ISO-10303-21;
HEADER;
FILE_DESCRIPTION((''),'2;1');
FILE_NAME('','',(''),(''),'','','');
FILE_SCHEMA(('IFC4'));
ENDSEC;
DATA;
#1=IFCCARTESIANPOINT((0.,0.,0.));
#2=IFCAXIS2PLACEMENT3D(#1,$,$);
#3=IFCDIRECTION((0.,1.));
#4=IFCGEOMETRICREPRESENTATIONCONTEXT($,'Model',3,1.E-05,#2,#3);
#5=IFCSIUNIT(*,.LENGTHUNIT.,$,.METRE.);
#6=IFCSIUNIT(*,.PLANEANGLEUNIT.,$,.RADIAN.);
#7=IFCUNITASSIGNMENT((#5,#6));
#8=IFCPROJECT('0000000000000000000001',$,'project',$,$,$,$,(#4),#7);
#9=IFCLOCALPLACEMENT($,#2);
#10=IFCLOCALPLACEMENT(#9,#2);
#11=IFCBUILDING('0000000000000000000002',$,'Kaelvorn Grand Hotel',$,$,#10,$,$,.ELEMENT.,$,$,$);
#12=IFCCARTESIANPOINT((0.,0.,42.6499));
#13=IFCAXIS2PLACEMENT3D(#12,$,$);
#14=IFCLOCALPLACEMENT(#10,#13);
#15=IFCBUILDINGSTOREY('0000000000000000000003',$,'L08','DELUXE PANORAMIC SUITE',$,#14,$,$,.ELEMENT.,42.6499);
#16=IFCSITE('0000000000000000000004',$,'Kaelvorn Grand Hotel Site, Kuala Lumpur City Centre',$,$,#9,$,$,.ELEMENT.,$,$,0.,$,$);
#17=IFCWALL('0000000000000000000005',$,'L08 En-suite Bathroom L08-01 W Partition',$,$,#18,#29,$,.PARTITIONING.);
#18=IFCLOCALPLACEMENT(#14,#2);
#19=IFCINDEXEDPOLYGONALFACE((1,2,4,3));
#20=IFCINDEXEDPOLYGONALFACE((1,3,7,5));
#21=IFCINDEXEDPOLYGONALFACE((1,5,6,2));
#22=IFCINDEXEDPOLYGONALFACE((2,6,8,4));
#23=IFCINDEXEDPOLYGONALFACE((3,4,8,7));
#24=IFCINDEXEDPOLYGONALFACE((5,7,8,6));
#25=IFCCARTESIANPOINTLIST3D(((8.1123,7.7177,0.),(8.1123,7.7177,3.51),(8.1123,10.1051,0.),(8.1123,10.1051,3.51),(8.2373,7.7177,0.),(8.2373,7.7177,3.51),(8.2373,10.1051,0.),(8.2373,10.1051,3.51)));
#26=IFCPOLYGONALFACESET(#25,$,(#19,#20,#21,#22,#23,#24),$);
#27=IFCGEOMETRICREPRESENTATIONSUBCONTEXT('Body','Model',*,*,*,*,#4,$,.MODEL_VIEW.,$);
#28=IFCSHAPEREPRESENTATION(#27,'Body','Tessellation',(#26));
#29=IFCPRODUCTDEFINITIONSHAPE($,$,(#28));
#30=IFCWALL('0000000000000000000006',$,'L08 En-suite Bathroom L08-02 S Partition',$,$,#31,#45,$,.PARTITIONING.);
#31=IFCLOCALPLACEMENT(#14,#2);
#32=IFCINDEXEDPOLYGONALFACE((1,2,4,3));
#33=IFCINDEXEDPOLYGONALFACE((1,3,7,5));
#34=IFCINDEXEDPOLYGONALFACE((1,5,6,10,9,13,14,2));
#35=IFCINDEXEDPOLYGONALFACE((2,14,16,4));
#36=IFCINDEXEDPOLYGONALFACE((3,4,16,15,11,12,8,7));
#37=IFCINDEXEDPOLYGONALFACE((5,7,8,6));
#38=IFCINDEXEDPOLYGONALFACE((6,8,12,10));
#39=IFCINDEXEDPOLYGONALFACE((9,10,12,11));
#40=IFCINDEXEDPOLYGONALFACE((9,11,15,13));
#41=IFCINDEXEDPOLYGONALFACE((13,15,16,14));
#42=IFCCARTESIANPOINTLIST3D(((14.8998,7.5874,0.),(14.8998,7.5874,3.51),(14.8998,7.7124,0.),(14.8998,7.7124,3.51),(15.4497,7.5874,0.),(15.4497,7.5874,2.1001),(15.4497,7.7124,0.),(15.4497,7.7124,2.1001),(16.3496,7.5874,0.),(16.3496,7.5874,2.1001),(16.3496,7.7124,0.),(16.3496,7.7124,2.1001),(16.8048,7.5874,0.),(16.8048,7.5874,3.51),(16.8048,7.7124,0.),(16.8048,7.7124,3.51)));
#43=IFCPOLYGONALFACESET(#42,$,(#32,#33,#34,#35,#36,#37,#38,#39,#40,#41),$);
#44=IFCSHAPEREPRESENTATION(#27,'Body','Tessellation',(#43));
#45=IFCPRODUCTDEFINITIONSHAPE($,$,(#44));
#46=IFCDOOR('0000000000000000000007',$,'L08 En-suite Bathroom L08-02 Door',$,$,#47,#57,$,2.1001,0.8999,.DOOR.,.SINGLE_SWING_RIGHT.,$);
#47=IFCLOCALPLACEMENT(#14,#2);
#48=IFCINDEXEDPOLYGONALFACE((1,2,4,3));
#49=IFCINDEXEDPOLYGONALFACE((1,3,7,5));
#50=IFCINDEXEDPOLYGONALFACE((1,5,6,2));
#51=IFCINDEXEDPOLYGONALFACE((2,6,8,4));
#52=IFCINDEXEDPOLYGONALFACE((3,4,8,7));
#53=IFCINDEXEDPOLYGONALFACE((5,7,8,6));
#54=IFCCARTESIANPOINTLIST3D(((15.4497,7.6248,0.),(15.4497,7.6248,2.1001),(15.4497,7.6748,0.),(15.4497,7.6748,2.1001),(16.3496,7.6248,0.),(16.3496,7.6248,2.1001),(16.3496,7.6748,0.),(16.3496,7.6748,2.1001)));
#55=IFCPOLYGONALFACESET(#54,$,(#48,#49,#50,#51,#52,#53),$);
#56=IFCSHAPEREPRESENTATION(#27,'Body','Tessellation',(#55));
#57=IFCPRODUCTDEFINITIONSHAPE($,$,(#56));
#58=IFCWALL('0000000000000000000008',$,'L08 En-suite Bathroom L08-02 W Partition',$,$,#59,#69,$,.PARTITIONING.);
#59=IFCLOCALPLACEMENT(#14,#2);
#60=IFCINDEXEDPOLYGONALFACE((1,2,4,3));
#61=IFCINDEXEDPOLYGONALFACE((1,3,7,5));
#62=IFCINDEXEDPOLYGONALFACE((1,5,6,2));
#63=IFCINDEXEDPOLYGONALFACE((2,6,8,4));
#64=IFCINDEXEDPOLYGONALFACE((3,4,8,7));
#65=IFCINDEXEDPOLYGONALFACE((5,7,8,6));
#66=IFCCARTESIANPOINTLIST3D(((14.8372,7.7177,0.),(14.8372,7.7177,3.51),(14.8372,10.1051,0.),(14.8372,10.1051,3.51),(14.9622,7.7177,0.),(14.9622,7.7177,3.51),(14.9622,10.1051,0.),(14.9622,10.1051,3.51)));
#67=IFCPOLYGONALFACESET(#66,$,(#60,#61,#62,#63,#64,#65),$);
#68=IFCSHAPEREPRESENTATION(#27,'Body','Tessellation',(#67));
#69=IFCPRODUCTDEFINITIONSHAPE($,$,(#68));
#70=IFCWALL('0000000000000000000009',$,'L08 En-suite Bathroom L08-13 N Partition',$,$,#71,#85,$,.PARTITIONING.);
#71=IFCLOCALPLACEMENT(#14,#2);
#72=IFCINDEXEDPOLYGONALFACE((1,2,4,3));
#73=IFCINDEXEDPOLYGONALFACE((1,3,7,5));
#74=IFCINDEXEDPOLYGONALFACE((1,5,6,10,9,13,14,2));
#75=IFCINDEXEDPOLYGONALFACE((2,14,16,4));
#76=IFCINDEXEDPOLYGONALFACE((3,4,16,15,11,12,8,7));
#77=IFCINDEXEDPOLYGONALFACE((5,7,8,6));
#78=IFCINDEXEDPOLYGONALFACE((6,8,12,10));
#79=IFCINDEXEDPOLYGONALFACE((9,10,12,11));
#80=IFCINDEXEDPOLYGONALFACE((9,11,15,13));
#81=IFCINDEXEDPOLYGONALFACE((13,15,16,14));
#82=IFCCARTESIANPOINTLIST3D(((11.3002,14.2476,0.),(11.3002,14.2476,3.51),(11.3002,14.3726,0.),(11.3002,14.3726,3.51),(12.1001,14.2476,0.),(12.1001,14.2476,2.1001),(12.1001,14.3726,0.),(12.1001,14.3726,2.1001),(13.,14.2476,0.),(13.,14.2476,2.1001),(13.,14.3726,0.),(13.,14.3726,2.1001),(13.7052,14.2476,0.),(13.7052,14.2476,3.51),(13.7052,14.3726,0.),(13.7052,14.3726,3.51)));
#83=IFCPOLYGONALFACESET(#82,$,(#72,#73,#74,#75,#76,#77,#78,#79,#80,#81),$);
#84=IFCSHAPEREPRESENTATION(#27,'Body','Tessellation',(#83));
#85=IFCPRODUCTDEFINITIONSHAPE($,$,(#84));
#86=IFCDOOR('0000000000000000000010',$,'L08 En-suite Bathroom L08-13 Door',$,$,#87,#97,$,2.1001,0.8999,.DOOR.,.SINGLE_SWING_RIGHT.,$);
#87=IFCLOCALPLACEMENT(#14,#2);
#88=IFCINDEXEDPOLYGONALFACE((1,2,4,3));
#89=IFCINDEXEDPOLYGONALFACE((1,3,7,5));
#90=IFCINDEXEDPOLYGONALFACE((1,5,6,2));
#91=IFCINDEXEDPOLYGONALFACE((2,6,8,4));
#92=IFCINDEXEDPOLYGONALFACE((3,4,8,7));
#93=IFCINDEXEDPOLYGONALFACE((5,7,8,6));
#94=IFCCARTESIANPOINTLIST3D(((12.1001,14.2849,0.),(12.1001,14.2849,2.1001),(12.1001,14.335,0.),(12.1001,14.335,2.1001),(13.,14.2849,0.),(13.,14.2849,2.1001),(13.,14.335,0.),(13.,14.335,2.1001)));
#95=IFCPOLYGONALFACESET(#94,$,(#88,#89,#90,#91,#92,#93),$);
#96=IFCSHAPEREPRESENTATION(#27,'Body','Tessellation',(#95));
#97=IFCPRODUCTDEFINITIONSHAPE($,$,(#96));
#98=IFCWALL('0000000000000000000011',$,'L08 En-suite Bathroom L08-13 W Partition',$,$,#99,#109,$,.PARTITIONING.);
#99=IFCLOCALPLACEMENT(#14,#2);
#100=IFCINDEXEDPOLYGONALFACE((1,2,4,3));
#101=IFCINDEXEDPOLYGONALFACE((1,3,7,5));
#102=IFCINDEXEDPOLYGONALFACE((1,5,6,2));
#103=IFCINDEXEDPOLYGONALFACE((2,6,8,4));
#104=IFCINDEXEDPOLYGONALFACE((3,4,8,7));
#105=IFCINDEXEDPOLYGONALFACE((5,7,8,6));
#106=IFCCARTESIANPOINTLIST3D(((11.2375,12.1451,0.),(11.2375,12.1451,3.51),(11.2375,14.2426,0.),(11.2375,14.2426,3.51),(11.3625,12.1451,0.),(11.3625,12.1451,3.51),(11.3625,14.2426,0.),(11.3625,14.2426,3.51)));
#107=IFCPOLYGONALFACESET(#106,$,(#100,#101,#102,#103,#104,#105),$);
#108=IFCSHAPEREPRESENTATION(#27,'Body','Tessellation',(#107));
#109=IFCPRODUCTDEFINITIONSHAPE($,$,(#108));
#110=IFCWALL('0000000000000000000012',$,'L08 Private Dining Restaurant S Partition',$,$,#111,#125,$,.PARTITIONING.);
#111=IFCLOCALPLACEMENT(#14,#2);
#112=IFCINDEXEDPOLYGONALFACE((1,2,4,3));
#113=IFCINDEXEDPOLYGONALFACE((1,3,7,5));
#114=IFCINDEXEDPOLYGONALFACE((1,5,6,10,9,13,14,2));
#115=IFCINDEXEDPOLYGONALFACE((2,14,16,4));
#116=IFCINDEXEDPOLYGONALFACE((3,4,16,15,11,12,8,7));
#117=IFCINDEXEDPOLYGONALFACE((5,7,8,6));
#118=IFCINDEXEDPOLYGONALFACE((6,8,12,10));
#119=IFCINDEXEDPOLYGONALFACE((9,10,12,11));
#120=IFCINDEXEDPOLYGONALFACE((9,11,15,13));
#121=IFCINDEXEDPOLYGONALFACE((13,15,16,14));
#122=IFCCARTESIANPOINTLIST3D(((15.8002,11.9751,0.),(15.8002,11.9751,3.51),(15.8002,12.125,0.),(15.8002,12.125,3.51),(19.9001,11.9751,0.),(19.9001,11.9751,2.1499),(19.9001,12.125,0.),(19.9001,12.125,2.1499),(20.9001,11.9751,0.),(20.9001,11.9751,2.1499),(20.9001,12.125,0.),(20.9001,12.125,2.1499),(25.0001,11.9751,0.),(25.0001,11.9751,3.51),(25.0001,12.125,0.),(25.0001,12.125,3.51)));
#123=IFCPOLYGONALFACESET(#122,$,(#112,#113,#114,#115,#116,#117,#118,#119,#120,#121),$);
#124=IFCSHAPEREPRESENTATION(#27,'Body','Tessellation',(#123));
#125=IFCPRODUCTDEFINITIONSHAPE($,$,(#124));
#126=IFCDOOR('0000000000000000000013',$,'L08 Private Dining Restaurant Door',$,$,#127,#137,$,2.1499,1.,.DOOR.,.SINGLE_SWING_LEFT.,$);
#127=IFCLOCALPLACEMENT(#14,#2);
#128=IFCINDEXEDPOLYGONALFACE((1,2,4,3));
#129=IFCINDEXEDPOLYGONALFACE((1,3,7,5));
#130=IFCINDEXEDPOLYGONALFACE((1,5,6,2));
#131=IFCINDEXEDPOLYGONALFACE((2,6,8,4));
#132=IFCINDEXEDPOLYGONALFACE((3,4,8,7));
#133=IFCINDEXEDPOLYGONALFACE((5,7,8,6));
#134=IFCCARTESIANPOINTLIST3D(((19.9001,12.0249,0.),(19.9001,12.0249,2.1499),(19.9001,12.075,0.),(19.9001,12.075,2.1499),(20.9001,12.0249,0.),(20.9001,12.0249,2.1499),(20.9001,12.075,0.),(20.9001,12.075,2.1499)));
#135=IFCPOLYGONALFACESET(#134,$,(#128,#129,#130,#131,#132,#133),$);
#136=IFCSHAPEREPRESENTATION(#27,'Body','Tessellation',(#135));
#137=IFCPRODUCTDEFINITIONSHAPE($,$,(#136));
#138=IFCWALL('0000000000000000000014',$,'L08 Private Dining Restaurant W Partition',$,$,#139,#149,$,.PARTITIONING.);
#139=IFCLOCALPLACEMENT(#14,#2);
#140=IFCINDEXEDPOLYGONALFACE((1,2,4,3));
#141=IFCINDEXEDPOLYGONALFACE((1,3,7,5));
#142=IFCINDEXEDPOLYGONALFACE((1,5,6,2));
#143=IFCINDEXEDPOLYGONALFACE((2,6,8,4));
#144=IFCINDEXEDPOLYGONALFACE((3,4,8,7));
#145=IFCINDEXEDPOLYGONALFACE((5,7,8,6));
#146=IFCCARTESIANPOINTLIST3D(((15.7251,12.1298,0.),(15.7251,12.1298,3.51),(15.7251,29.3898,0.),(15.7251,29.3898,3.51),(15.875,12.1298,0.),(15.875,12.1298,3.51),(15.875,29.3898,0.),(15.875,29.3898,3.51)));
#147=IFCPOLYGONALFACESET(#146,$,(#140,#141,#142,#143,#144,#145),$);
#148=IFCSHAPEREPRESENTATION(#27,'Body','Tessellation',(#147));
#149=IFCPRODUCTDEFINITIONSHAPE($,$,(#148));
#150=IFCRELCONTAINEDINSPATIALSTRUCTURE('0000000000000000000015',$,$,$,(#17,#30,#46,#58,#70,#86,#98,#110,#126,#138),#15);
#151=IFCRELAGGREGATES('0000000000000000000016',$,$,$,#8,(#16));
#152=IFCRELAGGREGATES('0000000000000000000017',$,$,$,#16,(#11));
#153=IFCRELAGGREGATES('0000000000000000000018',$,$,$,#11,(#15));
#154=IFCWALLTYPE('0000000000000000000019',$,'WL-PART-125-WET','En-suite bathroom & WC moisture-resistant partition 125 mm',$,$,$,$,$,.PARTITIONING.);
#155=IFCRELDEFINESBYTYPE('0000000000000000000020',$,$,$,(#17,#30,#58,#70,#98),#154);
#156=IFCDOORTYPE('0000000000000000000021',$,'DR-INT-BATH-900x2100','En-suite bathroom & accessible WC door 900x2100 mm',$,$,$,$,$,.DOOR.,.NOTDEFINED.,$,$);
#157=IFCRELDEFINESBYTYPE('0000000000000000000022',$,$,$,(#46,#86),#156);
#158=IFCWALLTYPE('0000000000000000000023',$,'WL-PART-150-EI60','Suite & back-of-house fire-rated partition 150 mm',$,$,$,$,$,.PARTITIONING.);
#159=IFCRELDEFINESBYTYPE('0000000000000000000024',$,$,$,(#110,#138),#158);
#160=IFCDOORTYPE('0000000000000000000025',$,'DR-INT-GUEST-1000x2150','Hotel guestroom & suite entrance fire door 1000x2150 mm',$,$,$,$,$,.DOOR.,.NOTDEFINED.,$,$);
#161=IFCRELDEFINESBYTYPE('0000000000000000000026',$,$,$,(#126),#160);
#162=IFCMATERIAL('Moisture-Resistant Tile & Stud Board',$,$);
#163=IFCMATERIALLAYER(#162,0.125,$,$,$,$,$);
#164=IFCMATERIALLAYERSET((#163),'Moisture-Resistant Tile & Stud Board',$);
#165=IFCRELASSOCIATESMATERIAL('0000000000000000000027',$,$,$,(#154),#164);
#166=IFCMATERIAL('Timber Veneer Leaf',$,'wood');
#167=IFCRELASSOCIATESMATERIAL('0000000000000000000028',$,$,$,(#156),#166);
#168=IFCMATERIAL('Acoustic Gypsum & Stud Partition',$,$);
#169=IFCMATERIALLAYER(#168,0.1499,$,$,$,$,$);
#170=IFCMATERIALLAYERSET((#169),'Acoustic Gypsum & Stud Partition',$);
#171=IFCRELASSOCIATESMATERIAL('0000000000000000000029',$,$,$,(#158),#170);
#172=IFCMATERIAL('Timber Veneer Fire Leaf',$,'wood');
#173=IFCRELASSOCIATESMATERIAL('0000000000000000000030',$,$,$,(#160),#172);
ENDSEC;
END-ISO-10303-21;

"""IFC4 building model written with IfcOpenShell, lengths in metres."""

from ifc_helpers import new_model, si_unit, direction, frame, frame_2d, origin, place, context, subcontext, project, spatial, rectangle, extrude, material, layer, layer_set, type_object, element, fill, save


model = new_model("IFC4")

# Units and contexts
model_context = context("Model", 3, precision=1e-05, world=origin(), true_north=direction((0.0, 1.0)))
body_context = subcontext(model_context, "Body", "Model", "MODEL_VIEW")
ifc_project = project(units=[si_unit("LENGTHUNIT", "METRE"), si_unit("PLANEANGLEUNIT", "RADIAN")], contexts=[model_context])

# Site, building, storey
site_placement = place(None, origin())
site = spatial("IfcSite", under=ifc_project, at=site_placement, Name="Kaelvorn Grand Hotel Site, Kuala Lumpur City Centre", CompositionType="ELEMENT", RefElevation=0.0)
building_placement = place(site_placement, origin())
building = spatial("IfcBuilding", under=site, at=building_placement, Name="Kaelvorn Grand Hotel", CompositionType="ELEMENT")
storey_placement = place(building_placement, frame((0.0, 0.0, 42.6499)))
storey = spatial("IfcBuildingStorey", under=building, at=storey_placement, Name="L08", Description="DELUXE PANORAMIC SUITE", CompositionType="ELEMENT", Elevation=42.6499)

# Wall
ifc_material_1 = material(Name="Moisture-Resistant Tile & Stud Board")
ifc_layer_1 = layer(ifc_material_1, 0.125)
ifc_layer_set_1 = layer_set([ifc_layer_1], Name="Moisture-Resistant Tile & Stud Board")
wall_type_1 = type_object("IfcWallType", Name="WL-PART-125-WET", Description="En-suite bathroom & WC moisture-resistant partition 125 mm", PredefinedType="PARTITIONING", material=ifc_layer_set_1)
wall_1_placement = place(storey_placement, frame((8.1748, 7.7175, 0.0), z_axis=(0.0, 0.0, 1.0), x_axis=(0.0, 1.0, 0.0)))
element("IfcWall", 1, at=wall_1_placement, inside=storey, type_object=wall_type_1, Name="L08 En-suite Bathroom L08-01 W Partition", PredefinedType="PARTITIONING", context=body_context, shape_type="SweptSolid", body=[
    extrude(rectangle(XDim=2.3875, YDim=0.125, at=frame_2d((1.1938, 0.0))), origin(), (0.0, 0.0, 1.0), 3.51),
])

# Wall, opening, door
wall_2_placement = place(storey_placement, frame((14.8997, 7.6499, 0.0), z_axis=(0.0, 0.0, 1.0), x_axis=(1.0, 0.0, 0.0)))
wall_2 = element("IfcWall", 2, at=wall_2_placement, inside=storey, type_object=wall_type_1, Name="L08 En-suite Bathroom L08-02 S Partition", PredefinedType="PARTITIONING", context=body_context, shape_type="SweptSolid", body=[
    extrude(rectangle(XDim=1.905, YDim=0.125, at=frame_2d((0.9526, 0.0))), origin(), (0.0, 0.0, 1.0), 3.51),
])
opening_1_placement = place(wall_2_placement, frame((0.55, 0.0, 0.0)))
opening_1 = element("IfcOpeningElement", 3, at=opening_1_placement, cuts=wall_2, PredefinedType="OPENING", context=body_context, shape_type="SweptSolid", body=[
    extrude(rectangle(XDim=0.8999, YDim=2.1001, at=frame_2d((0.45, 1.05))), frame((0.0, 0.0725, 0.0), z_axis=(0.0, -1.0, 0.0), x_axis=(1.0, 0.0, 0.0)), (0.0, 0.0, 1.0), 0.145),
])
ifc_material_2 = material(Name="Timber Veneer Leaf", Category="wood")
door_type_1 = type_object("IfcDoorType", Name="DR-INT-BATH-900x2100", Description="En-suite bathroom & accessible WC door 900x2100 mm", OperationType="NOTDEFINED", PredefinedType="DOOR", material=ifc_material_2)
door_1_placement = place(opening_1_placement, origin())
door_1 = element("IfcDoor", 4, at=door_1_placement, inside=storey, type_object=door_type_1, Name="L08 En-suite Bathroom L08-02 Door", OperationType="SINGLE_SWING_RIGHT", OverallHeight=2.1001, OverallWidth=0.8999, PredefinedType="DOOR", context=body_context, shape_type="SweptSolid", body=[
    extrude(rectangle(XDim=0.8999, YDim=2.1001, at=frame_2d((0.45, 1.05))), frame((0.0, 0.0249, 0.0), z_axis=(0.0, -1.0, 0.0), x_axis=(1.0, 0.0, 0.0)), (0.0, 0.0, 1.0), 0.05),
])
fill(opening_1, door_1)

# Wall
wall_3_placement = place(storey_placement, frame((14.8997, 7.7175, 0.0), z_axis=(0.0, 0.0, 1.0), x_axis=(0.0, 1.0, 0.0)))
element("IfcWall", 5, at=wall_3_placement, inside=storey, type_object=wall_type_1, Name="L08 En-suite Bathroom L08-02 W Partition", PredefinedType="PARTITIONING", context=body_context, shape_type="SweptSolid", body=[
    extrude(rectangle(XDim=2.3875, YDim=0.125, at=frame_2d((1.1938, 0.0))), origin(), (0.0, 0.0, 1.0), 3.51),
])

# Wall, opening, door
wall_4_placement = place(storey_placement, frame((11.3, 14.3101, 0.0), z_axis=(0.0, 0.0, 1.0), x_axis=(1.0, 0.0, 0.0)))
wall_4 = element("IfcWall", 6, at=wall_4_placement, inside=storey, type_object=wall_type_1, Name="L08 En-suite Bathroom L08-13 N Partition", PredefinedType="PARTITIONING", context=body_context, shape_type="SweptSolid", body=[
    extrude(rectangle(XDim=2.405, YDim=0.125, at=frame_2d((1.2026, 0.0))), origin(), (0.0, 0.0, 1.0), 3.51),
])
opening_2_placement = place(wall_4_placement, frame((0.8, 0.0, 0.0)))
opening_2 = element("IfcOpeningElement", 7, at=opening_2_placement, cuts=wall_4, PredefinedType="OPENING", context=body_context, shape_type="SweptSolid", body=[
    extrude(rectangle(XDim=0.8999, YDim=2.1001, at=frame_2d((0.45, 1.05))), frame((0.0, 0.0725, 0.0), z_axis=(0.0, -1.0, 0.0), x_axis=(1.0, 0.0, 0.0)), (0.0, 0.0, 1.0), 0.145),
])
door_2_placement = place(opening_2_placement, origin())
door_2 = element("IfcDoor", 8, at=door_2_placement, inside=storey, type_object=door_type_1, Name="L08 En-suite Bathroom L08-13 Door", OperationType="SINGLE_SWING_RIGHT", OverallHeight=2.1001, OverallWidth=0.8999, PredefinedType="DOOR", context=body_context, shape_type="SweptSolid", body=[
    extrude(rectangle(XDim=0.8999, YDim=2.1001, at=frame_2d((0.45, 1.05))), frame((0.0, 0.0249, 0.0), z_axis=(0.0, -1.0, 0.0), x_axis=(1.0, 0.0, 0.0)), (0.0, 0.0, 1.0), 0.05),
])
fill(opening_2, door_2)

# Wall
wall_5_placement = place(storey_placement, frame((11.3, 12.145, 0.0), z_axis=(0.0, 0.0, 1.0), x_axis=(0.0, 1.0, 0.0)))
element("IfcWall", 9, at=wall_5_placement, inside=storey, type_object=wall_type_1, Name="L08 En-suite Bathroom L08-13 W Partition", PredefinedType="PARTITIONING", context=body_context, shape_type="SweptSolid", body=[
    extrude(rectangle(XDim=2.0974, YDim=0.125, at=frame_2d((1.0488, 0.0))), origin(), (0.0, 0.0, 1.0), 3.51),
])

# Wall, opening, door
ifc_material_3 = material(Name="Acoustic Gypsum & Stud Partition")
ifc_layer_2 = layer(ifc_material_3, 0.1499)
ifc_layer_set_2 = layer_set([ifc_layer_2], Name="Acoustic Gypsum & Stud Partition")
wall_type_2 = type_object("IfcWallType", Name="WL-PART-150-EI60", Description="Suite & back-of-house fire-rated partition 150 mm", PredefinedType="PARTITIONING", material=ifc_layer_set_2)
wall_6_placement = place(storey_placement, frame((15.8, 12.05, 0.0), z_axis=(0.0, 0.0, 1.0), x_axis=(1.0, 0.0, 0.0)))
wall_6 = element("IfcWall", 10, at=wall_6_placement, inside=storey, type_object=wall_type_2, Name="L08 Private Dining Restaurant S Partition", PredefinedType="PARTITIONING", context=body_context, shape_type="SweptSolid", body=[
    extrude(rectangle(XDim=9.2, YDim=0.1499, at=frame_2d((4.6001, 0.0))), origin(), (0.0, 0.0, 1.0), 3.51),
])
opening_3_placement = place(wall_6_placement, frame((4.1001, 0.0, 0.0)))
opening_3 = element("IfcOpeningElement", 11, at=opening_3_placement, cuts=wall_6, PredefinedType="OPENING", context=body_context, shape_type="SweptSolid", body=[
    extrude(rectangle(XDim=1.0, YDim=2.1499, at=frame_2d((0.5, 1.075))), frame((0.0, 0.085, 0.0), z_axis=(0.0, -1.0, 0.0), x_axis=(1.0, 0.0, 0.0)), (0.0, 0.0, 1.0), 0.1699),
])
ifc_material_4 = material(Name="Timber Veneer Fire Leaf", Category="wood")
door_type_2 = type_object("IfcDoorType", Name="DR-INT-GUEST-1000x2150", Description="Hotel guestroom & suite entrance fire door 1000x2150 mm", OperationType="NOTDEFINED", PredefinedType="DOOR", material=ifc_material_4)
door_3_placement = place(opening_3_placement, origin())
door_3 = element("IfcDoor", 12, at=door_3_placement, inside=storey, type_object=door_type_2, Name="L08 Private Dining Restaurant Door", OperationType="SINGLE_SWING_LEFT", OverallHeight=2.1499, OverallWidth=1.0, PredefinedType="DOOR", context=body_context, shape_type="SweptSolid", body=[
    extrude(rectangle(XDim=1.0, YDim=2.1499, at=frame_2d((0.5, 1.075))), frame((0.0, 0.0249, 0.0), z_axis=(0.0, -1.0, 0.0), x_axis=(1.0, 0.0, 0.0)), (0.0, 0.0, 1.0), 0.05),
])
fill(opening_3, door_3)

# Wall
wall_7_placement = place(storey_placement, frame((15.8, 12.1299, 0.0), z_axis=(0.0, 0.0, 1.0), x_axis=(0.0, 1.0, 0.0)))
element("IfcWall", 13, at=wall_7_placement, inside=storey, type_object=wall_type_2, Name="L08 Private Dining Restaurant W Partition", PredefinedType="PARTITIONING", context=body_context, shape_type="SweptSolid", body=[
    extrude(rectangle(XDim=17.26, YDim=0.1499, at=frame_2d((8.6299, 0.0))), origin(), (0.0, 0.0, 1.0), 3.51),
])

save(model, "model.ifc")
